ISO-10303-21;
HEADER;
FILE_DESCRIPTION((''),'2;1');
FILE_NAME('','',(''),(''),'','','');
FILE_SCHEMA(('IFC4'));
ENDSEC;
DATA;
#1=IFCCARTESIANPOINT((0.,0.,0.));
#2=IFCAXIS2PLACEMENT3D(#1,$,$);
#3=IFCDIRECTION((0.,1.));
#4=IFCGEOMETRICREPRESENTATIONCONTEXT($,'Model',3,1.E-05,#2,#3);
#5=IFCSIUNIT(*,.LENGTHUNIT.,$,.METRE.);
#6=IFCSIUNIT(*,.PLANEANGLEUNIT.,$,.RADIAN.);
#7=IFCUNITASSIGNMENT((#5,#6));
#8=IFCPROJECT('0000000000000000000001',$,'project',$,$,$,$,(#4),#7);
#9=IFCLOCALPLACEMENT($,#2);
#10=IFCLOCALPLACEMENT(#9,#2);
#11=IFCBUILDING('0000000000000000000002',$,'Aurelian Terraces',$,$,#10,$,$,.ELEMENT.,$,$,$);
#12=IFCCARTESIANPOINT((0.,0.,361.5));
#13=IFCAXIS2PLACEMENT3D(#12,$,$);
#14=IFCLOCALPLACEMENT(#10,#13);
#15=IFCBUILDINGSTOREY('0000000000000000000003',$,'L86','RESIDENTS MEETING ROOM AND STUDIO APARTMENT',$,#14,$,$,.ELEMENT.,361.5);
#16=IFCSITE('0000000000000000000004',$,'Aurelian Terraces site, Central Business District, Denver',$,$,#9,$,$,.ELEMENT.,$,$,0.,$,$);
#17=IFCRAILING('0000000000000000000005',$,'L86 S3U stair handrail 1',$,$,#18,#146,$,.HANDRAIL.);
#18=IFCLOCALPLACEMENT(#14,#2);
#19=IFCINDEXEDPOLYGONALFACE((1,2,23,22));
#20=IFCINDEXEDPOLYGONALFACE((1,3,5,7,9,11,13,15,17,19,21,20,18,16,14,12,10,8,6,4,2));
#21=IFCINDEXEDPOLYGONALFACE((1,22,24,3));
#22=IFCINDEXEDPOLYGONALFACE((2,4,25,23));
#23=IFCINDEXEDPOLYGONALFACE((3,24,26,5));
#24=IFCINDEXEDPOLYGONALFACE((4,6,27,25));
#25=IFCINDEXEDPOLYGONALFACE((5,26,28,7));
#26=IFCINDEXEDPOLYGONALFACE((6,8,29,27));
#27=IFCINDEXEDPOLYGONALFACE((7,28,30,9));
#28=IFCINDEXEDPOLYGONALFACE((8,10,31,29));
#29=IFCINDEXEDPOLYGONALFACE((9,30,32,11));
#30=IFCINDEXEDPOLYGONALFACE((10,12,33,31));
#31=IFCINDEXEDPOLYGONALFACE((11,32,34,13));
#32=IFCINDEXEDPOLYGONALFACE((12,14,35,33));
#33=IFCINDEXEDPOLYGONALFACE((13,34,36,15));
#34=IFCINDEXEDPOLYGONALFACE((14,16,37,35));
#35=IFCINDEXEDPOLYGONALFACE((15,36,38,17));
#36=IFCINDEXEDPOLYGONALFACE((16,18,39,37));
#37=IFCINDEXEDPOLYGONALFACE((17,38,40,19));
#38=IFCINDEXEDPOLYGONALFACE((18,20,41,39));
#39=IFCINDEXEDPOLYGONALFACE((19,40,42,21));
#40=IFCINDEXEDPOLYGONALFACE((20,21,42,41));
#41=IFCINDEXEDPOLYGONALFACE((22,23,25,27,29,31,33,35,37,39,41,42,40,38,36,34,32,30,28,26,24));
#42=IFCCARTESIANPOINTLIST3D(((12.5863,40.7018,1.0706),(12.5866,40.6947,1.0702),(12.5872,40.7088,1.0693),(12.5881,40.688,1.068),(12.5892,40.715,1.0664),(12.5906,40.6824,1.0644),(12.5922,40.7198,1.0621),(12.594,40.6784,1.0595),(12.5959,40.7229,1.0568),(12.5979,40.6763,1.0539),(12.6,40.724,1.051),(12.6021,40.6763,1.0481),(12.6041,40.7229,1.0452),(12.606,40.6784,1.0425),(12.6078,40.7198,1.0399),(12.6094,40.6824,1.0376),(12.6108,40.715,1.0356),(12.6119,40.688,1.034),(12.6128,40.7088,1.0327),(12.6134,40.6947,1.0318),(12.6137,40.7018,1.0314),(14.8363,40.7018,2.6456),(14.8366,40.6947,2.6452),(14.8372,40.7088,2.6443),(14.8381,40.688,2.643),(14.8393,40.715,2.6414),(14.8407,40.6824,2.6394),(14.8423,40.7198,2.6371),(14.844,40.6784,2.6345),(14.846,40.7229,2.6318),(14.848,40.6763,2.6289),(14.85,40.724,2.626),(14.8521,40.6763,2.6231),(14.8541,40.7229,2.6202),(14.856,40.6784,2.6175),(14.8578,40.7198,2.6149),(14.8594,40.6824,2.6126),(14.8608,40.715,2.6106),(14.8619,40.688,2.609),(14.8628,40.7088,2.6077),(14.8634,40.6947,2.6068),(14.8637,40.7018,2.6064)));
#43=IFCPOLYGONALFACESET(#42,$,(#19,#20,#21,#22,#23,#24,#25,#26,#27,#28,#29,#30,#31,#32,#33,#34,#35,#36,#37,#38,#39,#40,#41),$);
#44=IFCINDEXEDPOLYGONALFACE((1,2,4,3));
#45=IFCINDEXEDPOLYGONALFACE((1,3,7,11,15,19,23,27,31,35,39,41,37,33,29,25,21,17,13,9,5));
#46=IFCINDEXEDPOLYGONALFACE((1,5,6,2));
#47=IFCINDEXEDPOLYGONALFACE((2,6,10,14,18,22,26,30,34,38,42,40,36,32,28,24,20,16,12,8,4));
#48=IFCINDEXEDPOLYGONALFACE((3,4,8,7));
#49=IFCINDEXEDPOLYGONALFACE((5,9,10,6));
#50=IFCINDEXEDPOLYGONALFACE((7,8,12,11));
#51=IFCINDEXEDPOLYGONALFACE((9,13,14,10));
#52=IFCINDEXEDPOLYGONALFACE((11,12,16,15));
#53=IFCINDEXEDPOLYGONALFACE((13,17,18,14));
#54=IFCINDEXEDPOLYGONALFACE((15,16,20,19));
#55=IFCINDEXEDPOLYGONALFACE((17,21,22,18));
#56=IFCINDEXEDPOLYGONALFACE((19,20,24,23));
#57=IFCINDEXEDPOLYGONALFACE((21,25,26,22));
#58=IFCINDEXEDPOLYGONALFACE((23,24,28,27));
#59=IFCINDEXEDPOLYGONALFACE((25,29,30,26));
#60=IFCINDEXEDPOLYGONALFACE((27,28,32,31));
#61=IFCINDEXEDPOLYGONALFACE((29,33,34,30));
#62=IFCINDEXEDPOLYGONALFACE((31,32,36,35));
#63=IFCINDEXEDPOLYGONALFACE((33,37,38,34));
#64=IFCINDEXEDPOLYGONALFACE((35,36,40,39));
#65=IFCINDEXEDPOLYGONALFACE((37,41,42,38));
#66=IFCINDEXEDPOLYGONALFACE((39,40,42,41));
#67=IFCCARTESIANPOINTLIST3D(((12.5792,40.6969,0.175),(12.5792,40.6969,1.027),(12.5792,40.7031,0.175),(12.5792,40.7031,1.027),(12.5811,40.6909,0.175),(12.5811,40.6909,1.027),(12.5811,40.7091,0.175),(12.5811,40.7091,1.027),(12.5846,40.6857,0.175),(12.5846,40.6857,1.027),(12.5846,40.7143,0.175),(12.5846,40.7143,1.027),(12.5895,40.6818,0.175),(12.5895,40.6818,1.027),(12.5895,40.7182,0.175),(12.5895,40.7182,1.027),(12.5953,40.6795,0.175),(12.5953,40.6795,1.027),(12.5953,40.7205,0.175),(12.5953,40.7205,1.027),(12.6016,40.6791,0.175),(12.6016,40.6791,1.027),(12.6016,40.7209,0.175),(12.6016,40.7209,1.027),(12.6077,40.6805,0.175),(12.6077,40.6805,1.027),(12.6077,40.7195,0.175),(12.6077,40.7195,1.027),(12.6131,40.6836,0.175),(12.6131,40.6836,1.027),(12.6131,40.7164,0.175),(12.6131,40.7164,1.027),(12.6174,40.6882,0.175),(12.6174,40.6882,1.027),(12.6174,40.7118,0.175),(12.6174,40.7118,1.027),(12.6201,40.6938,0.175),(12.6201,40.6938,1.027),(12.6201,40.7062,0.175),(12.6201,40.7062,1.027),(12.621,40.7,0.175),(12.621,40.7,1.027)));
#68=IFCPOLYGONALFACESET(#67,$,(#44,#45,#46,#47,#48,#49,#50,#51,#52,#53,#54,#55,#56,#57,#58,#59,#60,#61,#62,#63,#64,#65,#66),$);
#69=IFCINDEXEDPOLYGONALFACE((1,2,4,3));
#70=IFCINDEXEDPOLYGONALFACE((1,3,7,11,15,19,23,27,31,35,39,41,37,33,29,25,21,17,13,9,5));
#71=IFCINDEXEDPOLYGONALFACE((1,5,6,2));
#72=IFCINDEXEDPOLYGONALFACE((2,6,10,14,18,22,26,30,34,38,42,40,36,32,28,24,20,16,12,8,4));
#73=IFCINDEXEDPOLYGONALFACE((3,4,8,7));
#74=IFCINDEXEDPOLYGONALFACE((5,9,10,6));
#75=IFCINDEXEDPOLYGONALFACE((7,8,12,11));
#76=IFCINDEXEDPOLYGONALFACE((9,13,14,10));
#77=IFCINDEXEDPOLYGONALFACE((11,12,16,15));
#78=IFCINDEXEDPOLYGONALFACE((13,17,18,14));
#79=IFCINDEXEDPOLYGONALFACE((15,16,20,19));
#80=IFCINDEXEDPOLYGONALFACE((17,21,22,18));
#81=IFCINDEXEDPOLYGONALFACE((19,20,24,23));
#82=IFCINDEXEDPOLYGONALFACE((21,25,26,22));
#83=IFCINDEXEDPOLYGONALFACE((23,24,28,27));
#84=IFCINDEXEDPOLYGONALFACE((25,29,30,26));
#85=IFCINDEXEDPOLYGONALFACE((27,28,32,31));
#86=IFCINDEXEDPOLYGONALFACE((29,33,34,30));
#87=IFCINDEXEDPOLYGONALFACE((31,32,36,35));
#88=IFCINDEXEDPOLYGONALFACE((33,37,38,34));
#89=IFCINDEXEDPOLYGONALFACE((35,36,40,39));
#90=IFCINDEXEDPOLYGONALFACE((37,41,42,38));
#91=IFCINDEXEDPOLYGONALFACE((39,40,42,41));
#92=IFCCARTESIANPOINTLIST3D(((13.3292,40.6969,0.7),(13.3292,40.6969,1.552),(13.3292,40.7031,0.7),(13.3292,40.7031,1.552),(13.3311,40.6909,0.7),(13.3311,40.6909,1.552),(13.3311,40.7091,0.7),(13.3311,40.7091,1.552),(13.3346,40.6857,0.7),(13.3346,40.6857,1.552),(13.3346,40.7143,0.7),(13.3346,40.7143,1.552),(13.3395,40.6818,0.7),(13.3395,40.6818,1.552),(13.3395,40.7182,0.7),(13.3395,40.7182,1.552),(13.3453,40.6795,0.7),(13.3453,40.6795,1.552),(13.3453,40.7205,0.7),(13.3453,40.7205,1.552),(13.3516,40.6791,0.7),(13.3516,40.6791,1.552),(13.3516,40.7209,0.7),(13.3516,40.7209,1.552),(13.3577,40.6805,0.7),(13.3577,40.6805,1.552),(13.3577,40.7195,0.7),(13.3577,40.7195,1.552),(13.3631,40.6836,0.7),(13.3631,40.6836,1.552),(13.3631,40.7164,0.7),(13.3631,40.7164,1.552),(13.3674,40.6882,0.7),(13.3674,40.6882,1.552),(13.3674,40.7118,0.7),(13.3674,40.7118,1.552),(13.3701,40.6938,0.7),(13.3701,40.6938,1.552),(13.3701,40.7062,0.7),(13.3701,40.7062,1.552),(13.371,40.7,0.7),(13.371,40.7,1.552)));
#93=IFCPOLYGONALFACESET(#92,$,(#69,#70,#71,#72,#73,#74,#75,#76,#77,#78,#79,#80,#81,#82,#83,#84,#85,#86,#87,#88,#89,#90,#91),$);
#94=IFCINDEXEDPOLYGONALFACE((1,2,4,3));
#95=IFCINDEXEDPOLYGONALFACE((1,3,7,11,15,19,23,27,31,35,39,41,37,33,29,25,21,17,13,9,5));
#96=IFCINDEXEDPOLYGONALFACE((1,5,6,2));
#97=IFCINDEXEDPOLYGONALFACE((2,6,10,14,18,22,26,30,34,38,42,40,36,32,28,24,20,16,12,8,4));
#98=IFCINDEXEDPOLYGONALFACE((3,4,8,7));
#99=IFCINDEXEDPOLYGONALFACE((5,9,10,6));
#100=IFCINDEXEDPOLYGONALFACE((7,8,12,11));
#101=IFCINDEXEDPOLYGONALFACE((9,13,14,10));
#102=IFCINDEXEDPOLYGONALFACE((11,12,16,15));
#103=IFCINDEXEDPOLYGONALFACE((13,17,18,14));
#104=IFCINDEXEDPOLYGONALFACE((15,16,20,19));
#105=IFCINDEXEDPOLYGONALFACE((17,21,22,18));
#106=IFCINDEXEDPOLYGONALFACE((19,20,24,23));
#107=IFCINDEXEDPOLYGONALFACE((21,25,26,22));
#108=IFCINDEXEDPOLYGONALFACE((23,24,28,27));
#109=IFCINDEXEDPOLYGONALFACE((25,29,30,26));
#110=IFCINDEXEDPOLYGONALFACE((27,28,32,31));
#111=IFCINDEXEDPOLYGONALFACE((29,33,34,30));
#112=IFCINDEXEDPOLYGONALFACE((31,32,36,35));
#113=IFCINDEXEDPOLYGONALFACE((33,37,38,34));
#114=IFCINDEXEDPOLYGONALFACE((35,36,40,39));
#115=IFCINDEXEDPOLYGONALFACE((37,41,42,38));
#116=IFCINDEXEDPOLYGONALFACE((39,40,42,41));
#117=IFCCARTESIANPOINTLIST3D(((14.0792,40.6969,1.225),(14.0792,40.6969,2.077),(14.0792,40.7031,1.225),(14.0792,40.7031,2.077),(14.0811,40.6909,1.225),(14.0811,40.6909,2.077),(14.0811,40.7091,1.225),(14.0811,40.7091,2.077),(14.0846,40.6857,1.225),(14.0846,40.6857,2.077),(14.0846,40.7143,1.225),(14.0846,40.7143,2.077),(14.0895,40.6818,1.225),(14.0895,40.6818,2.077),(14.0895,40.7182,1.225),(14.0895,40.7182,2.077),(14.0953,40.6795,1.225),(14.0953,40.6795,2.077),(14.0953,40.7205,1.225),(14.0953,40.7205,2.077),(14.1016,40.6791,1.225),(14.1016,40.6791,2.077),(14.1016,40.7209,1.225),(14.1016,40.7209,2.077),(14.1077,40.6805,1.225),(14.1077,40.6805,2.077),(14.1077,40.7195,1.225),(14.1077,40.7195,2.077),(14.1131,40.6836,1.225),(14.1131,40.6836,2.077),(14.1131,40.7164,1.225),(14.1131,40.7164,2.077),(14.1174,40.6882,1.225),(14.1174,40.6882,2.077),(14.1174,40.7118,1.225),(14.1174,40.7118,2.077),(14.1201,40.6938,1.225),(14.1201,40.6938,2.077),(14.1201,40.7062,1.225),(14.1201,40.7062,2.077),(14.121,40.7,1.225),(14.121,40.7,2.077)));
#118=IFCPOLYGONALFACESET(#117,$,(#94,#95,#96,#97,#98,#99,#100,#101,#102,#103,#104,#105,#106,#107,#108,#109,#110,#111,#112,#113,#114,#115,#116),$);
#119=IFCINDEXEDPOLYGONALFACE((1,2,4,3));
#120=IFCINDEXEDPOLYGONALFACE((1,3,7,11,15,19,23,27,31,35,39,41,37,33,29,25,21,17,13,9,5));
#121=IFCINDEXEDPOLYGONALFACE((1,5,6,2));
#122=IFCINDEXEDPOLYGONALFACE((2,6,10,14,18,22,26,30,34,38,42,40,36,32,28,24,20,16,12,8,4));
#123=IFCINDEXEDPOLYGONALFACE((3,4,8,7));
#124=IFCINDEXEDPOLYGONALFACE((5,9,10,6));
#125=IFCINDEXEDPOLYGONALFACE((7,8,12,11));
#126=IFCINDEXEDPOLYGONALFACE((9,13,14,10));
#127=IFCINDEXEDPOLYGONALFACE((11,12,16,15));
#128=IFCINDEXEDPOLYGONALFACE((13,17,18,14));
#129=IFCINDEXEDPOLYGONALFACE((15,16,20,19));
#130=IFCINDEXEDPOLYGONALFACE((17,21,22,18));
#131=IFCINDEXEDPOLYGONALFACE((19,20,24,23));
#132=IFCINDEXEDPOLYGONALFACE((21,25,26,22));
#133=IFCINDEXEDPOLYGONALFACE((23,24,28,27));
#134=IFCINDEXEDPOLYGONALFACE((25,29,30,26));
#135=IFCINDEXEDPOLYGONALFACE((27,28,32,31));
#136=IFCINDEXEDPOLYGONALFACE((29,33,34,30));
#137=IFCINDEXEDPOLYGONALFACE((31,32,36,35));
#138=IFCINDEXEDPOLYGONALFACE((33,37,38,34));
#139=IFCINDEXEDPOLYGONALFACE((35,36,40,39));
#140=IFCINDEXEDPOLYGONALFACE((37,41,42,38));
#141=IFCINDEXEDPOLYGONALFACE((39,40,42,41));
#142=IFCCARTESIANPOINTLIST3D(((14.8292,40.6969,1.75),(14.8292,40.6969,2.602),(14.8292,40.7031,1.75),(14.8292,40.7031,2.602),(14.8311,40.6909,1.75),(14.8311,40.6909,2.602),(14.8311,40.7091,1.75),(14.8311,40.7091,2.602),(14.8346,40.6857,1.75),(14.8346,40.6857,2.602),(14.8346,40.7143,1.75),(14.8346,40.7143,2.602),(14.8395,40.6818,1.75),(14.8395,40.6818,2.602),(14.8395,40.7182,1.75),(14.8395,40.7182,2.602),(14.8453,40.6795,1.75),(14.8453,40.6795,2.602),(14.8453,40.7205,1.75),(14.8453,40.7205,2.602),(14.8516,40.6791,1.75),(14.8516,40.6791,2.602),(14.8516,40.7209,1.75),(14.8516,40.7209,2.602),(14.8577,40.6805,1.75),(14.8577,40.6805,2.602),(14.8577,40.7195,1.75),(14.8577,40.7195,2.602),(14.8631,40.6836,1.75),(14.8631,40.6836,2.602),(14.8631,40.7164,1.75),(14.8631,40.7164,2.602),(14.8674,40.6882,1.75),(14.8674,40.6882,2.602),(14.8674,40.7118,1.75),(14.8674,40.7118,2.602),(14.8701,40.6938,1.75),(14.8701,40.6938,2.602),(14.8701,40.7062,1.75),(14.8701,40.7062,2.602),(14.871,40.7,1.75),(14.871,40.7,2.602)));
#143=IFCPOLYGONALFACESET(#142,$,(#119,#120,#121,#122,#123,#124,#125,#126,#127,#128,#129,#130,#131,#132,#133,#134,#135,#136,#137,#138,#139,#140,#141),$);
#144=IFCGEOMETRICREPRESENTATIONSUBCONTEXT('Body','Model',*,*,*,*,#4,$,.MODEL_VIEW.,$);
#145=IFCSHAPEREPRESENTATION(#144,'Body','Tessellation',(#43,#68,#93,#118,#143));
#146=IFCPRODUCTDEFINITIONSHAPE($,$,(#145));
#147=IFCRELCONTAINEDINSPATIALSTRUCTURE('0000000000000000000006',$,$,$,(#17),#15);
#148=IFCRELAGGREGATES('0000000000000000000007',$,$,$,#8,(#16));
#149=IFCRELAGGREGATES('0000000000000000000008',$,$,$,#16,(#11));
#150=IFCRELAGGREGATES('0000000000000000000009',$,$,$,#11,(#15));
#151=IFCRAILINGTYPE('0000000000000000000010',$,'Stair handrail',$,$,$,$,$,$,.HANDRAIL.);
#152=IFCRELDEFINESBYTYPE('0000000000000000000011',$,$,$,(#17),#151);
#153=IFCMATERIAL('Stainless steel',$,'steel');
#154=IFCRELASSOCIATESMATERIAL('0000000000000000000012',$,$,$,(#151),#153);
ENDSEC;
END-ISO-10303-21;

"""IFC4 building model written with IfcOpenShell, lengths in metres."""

from ifc_helpers import new_model, si_unit, direction, frame, origin, origin_2d, place, context, subcontext, project, spatial, circle, extrude, source, transform, mapped, material, type_object, element, save


model = new_model("IFC4")

# Units and contexts
model_context = context("Model", 3, precision=1e-05, world=origin(), true_north=direction((0.0, 1.0)))
body_context = subcontext(model_context, "Body", "Model", "MODEL_VIEW")
ifc_project = project(units=[si_unit("LENGTHUNIT", "METRE"), si_unit("PLANEANGLEUNIT", "RADIAN")], contexts=[model_context])

# Site, building, storey
site_placement = place(None, origin())
site = spatial("IfcSite", under=ifc_project, at=site_placement, Name="Aurelian Terraces site, Central Business District, Denver", CompositionType="ELEMENT", RefElevation=0.0)
building_placement = place(site_placement, origin())
building = spatial("IfcBuilding", under=site, at=building_placement, Name="Aurelian Terraces", CompositionType="ELEMENT")
storey_placement = place(building_placement, frame((0.0, 0.0, 361.5)))
storey = spatial("IfcBuildingStorey", under=building, at=storey_placement, Name="L86", Description="RESIDENTS MEETING ROOM AND STUDIO APARTMENT", CompositionType="ELEMENT", Elevation=361.5)

# Railing
ifc_material_1 = material(Name="Stainless steel", Category="steel")
railing_type_1 = type_object("IfcRailingType", Name="Stair handrail", PredefinedType="HANDRAIL", material=ifc_material_1)
shared_shape_1 = source(origin(), body_context, "Body", "SweptSolid", [
    extrude(circle(Radius=0.024, at=origin_2d()), frame((0.0, 0.0, 0.876), z_axis=(0.819232, 0.0, 0.573462), x_axis=(0.0, 1.0, 0.0)), (0.0, 0.0, 1.0), 2.7465),
    extrude(circle(Radius=0.021, at=origin_2d()), origin(), (0.0, 0.0, 1.0), 0.852),
    extrude(circle(Radius=0.021, at=origin_2d()), frame((0.75, 0.0, 0.525)), (0.0, 0.0, 1.0), 0.852),
    extrude(circle(Radius=0.021, at=origin_2d()), frame((1.5, 0.0, 1.05)), (0.0, 0.0, 1.0), 0.852),
    extrude(circle(Radius=0.021, at=origin_2d()), frame((2.25, 0.0, 1.575)), (0.0, 0.0, 1.0), 0.852),
])
railing_1_placement = place(storey_placement, frame((12.6, 40.7, 0.175)))
element("IfcRailing", 1, at=railing_1_placement, inside=storey, type_object=railing_type_1, Name="L86 S3U stair handrail 1", PredefinedType="HANDRAIL", context=body_context, shape_type="MappedRepresentation", body=[
    mapped(shared_shape_1, transform((0.0, 0.0, 0.0), scale=1.0)),
])

save(model, "model.ifc")
